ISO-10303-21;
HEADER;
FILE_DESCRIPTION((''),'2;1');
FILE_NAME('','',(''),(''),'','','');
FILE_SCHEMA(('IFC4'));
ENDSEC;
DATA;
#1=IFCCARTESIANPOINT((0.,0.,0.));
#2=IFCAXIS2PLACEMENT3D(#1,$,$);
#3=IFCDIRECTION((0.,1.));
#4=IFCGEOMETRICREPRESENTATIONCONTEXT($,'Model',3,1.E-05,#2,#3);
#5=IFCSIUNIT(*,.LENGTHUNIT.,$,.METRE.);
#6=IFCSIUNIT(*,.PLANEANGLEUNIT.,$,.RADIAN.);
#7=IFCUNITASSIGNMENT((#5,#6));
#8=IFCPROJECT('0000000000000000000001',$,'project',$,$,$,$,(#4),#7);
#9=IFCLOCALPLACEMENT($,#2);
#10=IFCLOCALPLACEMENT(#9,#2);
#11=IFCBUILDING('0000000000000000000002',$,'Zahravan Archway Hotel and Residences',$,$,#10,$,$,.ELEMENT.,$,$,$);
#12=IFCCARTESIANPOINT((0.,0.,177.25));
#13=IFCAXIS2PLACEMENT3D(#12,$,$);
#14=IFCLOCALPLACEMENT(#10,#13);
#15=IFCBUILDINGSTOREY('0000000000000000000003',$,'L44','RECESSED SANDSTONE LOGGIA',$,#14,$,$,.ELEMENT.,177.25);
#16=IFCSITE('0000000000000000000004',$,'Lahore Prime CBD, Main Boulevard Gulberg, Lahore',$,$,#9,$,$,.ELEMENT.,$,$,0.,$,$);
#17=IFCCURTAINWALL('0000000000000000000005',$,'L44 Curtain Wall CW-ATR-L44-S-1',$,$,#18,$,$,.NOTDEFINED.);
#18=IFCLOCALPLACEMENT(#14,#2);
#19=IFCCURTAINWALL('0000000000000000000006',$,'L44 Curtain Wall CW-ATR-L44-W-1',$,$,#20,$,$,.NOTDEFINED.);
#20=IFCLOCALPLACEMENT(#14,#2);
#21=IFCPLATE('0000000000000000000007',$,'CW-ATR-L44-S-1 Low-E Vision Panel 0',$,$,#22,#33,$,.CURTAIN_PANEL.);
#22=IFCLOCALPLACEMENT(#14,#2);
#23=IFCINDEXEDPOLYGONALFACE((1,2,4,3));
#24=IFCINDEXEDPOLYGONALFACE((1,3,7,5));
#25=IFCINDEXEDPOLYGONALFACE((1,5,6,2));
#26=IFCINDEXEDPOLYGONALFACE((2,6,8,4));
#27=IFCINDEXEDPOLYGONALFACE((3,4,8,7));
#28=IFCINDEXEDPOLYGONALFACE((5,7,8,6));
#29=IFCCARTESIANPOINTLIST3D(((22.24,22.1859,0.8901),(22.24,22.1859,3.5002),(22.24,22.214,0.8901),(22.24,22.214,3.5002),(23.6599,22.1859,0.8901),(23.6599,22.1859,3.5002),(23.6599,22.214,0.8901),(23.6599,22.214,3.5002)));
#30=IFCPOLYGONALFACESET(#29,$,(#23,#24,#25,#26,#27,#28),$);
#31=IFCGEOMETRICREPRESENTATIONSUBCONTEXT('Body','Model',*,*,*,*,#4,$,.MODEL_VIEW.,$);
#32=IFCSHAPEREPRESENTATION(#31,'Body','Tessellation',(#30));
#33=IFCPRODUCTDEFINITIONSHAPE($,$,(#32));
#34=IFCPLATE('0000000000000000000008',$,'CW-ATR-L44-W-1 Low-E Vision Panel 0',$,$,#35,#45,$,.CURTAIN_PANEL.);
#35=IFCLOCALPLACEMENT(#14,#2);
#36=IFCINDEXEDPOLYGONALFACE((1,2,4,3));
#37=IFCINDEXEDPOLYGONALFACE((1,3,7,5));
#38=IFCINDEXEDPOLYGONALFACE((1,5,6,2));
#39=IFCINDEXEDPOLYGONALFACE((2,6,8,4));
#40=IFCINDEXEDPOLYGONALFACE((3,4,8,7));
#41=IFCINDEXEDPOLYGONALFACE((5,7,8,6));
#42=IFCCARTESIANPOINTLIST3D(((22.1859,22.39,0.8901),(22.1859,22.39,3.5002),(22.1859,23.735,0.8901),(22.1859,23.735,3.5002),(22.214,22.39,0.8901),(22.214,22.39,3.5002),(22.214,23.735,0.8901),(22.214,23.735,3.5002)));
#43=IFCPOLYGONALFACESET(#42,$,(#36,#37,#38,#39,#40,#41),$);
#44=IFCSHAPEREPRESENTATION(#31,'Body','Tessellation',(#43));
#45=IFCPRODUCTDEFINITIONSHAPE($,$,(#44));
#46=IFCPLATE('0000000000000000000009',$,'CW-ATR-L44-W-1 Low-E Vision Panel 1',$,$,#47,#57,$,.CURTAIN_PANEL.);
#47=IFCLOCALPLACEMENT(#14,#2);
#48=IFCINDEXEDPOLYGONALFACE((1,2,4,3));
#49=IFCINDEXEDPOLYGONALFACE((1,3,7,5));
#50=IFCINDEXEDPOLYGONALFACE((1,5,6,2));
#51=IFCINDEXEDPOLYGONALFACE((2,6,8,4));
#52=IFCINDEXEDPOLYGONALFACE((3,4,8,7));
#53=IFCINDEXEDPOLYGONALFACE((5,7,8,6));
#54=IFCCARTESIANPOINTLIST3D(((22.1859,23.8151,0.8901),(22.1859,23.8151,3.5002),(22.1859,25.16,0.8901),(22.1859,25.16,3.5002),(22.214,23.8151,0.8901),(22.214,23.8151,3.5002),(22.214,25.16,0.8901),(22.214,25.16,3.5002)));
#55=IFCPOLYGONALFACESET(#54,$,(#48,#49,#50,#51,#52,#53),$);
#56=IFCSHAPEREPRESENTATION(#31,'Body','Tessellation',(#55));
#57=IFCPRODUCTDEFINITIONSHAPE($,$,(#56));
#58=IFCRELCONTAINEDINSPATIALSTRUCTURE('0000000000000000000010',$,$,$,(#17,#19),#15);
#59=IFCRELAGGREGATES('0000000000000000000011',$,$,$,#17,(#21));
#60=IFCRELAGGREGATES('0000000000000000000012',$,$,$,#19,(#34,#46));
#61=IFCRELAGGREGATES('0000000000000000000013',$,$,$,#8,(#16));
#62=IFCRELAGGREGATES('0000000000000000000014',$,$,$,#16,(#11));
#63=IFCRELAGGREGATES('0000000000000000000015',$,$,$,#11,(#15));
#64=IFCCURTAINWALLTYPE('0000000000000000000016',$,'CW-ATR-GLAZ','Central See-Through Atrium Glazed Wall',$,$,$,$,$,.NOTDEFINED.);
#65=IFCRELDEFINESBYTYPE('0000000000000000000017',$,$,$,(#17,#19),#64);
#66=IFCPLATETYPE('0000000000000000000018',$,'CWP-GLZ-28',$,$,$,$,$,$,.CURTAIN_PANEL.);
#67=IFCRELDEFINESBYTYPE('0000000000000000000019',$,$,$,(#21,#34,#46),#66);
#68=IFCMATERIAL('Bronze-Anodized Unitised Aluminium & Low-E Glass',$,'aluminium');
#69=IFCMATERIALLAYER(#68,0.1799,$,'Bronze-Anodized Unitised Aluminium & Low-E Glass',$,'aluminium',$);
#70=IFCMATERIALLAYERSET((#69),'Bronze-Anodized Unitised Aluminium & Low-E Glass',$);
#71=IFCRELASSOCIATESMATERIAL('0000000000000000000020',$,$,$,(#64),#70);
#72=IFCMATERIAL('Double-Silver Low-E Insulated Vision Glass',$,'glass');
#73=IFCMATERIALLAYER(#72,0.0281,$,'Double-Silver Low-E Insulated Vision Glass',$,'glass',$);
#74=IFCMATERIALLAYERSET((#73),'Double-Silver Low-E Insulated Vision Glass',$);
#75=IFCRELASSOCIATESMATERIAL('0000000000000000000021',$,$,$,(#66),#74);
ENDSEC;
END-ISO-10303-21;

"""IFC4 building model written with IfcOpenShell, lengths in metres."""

from ifc_helpers import new_model, si_unit, direction, frame, origin, origin_2d, place, context, subcontext, project, spatial, rectangle, extrude, source, transform, mapped, material, layer, layer_set, type_object, element, aggregate, save


model = new_model("IFC4")

# Units and contexts
model_context = context("Model", 3, precision=1e-05, world=origin(), true_north=direction((0.0, 1.0)))
body_context = subcontext(model_context, "Body", "Model", "MODEL_VIEW")
ifc_project = project(units=[si_unit("LENGTHUNIT", "METRE"), si_unit("PLANEANGLEUNIT", "RADIAN")], contexts=[model_context])

# Site, building, storey
site_placement = place(None, origin())
site = spatial("IfcSite", under=ifc_project, at=site_placement, Name="Lahore Prime CBD, Main Boulevard Gulberg, Lahore", CompositionType="ELEMENT", RefElevation=0.0)
building_placement = place(site_placement, origin())
building = spatial("IfcBuilding", under=site, at=building_placement, Name="Zahravan Archway Hotel and Residences", CompositionType="ELEMENT")
storey_placement = place(building_placement, frame((0.0, 0.0, 177.25)))
storey = spatial("IfcBuildingStorey", under=building, at=storey_placement, Name="L44", Description="RECESSED SANDSTONE LOGGIA", CompositionType="ELEMENT", Elevation=177.25)

# Curtain walls
ifc_material_1 = material(Name="Bronze-Anodized Unitised Aluminium & Low-E Glass", Category="aluminium")
ifc_layer_1 = layer(ifc_material_1, 0.1799, Name="Bronze-Anodized Unitised Aluminium & Low-E Glass", Category="aluminium")
ifc_layer_set_1 = layer_set([ifc_layer_1], Name="Bronze-Anodized Unitised Aluminium & Low-E Glass")
curtain_wall_type = type_object("IfcCurtainWallType", Name="CW-ATR-GLAZ", Description="Central See-Through Atrium Glazed Wall", PredefinedType="NOTDEFINED", material=ifc_layer_set_1)
curtain_wall_1_placement = place(storey_placement, origin())
curtain_wall_1 = element("IfcCurtainWall", 1, at=curtain_wall_1_placement, inside=storey, type_object=curtain_wall_type, Name="L44 Curtain Wall CW-ATR-L44-S-1", PredefinedType="NOTDEFINED")
curtain_wall_2_placement = place(storey_placement, origin())
curtain_wall_2 = element("IfcCurtainWall", 2, at=curtain_wall_2_placement, inside=storey, type_object=curtain_wall_type, Name="L44 Curtain Wall CW-ATR-L44-W-1", PredefinedType="NOTDEFINED")

# Plates
ifc_material_2 = material(Name="Double-Silver Low-E Insulated Vision Glass", Category="glass")
ifc_layer_2 = layer(ifc_material_2, 0.0281, Name="Double-Silver Low-E Insulated Vision Glass", Category="glass")
ifc_layer_set_2 = layer_set([ifc_layer_2], Name="Double-Silver Low-E Insulated Vision Glass")
plate_type_1 = type_object("IfcPlateType", Name="CWP-GLZ-28", PredefinedType="CURTAIN_PANEL", material=ifc_layer_set_2)
shared_shape_1 = source(origin(), body_context, "Body", "SweptSolid", [
    extrude(rectangle(XDim=1.4199, YDim=0.0281, at=origin_2d()), origin(), (0.0, 0.0, 1.0), 2.6101),
])
plate_1_placement = place(storey_placement, frame((22.95, 22.2, 0.8901), z_axis=(0.0, 0.0, 1.0), x_axis=(1.0, 0.0, 0.0)))
plate_1 = element("IfcPlate", 3, at=plate_1_placement, type_object=plate_type_1, Name="CW-ATR-L44-S-1 Low-E Vision Panel 0", PredefinedType="CURTAIN_PANEL", context=body_context, shape_type="MappedRepresentation", body=[
    mapped(shared_shape_1, transform((0.0, 0.0, 0.0), scale=1.0)),
])
aggregate(curtain_wall_1, [plate_1])
shared_shape_2 = source(origin(), body_context, "Body", "SweptSolid", [
    extrude(rectangle(XDim=1.345, YDim=0.0281, at=origin_2d()), origin(), (0.0, 0.0, 1.0), 2.6101),
])
plate_2_placement = place(storey_placement, frame((22.2, 23.0625, 0.8901), z_axis=(0.0, 0.0, 1.0), x_axis=(0.0, 1.0, 0.0)))
plate_2 = element("IfcPlate", 4, at=plate_2_placement, type_object=plate_type_1, Name="CW-ATR-L44-W-1 Low-E Vision Panel 0", PredefinedType="CURTAIN_PANEL", context=body_context, shape_type="MappedRepresentation", body=[
    mapped(shared_shape_2, transform((0.0, 0.0, 0.0), scale=1.0)),
])
plate_3_placement = place(storey_placement, frame((22.2, 24.4875, 0.8901), z_axis=(0.0, 0.0, 1.0), x_axis=(0.0, 1.0, 0.0)))
plate_3 = element("IfcPlate", 5, at=plate_3_placement, type_object=plate_type_1, Name="CW-ATR-L44-W-1 Low-E Vision Panel 1", PredefinedType="CURTAIN_PANEL", context=body_context, shape_type="MappedRepresentation", body=[
    mapped(shared_shape_2, transform((0.0, 0.0, 0.0), scale=1.0)),
])
aggregate(curtain_wall_2, [plate_2, plate_3])

save(model, "model.ifc")
